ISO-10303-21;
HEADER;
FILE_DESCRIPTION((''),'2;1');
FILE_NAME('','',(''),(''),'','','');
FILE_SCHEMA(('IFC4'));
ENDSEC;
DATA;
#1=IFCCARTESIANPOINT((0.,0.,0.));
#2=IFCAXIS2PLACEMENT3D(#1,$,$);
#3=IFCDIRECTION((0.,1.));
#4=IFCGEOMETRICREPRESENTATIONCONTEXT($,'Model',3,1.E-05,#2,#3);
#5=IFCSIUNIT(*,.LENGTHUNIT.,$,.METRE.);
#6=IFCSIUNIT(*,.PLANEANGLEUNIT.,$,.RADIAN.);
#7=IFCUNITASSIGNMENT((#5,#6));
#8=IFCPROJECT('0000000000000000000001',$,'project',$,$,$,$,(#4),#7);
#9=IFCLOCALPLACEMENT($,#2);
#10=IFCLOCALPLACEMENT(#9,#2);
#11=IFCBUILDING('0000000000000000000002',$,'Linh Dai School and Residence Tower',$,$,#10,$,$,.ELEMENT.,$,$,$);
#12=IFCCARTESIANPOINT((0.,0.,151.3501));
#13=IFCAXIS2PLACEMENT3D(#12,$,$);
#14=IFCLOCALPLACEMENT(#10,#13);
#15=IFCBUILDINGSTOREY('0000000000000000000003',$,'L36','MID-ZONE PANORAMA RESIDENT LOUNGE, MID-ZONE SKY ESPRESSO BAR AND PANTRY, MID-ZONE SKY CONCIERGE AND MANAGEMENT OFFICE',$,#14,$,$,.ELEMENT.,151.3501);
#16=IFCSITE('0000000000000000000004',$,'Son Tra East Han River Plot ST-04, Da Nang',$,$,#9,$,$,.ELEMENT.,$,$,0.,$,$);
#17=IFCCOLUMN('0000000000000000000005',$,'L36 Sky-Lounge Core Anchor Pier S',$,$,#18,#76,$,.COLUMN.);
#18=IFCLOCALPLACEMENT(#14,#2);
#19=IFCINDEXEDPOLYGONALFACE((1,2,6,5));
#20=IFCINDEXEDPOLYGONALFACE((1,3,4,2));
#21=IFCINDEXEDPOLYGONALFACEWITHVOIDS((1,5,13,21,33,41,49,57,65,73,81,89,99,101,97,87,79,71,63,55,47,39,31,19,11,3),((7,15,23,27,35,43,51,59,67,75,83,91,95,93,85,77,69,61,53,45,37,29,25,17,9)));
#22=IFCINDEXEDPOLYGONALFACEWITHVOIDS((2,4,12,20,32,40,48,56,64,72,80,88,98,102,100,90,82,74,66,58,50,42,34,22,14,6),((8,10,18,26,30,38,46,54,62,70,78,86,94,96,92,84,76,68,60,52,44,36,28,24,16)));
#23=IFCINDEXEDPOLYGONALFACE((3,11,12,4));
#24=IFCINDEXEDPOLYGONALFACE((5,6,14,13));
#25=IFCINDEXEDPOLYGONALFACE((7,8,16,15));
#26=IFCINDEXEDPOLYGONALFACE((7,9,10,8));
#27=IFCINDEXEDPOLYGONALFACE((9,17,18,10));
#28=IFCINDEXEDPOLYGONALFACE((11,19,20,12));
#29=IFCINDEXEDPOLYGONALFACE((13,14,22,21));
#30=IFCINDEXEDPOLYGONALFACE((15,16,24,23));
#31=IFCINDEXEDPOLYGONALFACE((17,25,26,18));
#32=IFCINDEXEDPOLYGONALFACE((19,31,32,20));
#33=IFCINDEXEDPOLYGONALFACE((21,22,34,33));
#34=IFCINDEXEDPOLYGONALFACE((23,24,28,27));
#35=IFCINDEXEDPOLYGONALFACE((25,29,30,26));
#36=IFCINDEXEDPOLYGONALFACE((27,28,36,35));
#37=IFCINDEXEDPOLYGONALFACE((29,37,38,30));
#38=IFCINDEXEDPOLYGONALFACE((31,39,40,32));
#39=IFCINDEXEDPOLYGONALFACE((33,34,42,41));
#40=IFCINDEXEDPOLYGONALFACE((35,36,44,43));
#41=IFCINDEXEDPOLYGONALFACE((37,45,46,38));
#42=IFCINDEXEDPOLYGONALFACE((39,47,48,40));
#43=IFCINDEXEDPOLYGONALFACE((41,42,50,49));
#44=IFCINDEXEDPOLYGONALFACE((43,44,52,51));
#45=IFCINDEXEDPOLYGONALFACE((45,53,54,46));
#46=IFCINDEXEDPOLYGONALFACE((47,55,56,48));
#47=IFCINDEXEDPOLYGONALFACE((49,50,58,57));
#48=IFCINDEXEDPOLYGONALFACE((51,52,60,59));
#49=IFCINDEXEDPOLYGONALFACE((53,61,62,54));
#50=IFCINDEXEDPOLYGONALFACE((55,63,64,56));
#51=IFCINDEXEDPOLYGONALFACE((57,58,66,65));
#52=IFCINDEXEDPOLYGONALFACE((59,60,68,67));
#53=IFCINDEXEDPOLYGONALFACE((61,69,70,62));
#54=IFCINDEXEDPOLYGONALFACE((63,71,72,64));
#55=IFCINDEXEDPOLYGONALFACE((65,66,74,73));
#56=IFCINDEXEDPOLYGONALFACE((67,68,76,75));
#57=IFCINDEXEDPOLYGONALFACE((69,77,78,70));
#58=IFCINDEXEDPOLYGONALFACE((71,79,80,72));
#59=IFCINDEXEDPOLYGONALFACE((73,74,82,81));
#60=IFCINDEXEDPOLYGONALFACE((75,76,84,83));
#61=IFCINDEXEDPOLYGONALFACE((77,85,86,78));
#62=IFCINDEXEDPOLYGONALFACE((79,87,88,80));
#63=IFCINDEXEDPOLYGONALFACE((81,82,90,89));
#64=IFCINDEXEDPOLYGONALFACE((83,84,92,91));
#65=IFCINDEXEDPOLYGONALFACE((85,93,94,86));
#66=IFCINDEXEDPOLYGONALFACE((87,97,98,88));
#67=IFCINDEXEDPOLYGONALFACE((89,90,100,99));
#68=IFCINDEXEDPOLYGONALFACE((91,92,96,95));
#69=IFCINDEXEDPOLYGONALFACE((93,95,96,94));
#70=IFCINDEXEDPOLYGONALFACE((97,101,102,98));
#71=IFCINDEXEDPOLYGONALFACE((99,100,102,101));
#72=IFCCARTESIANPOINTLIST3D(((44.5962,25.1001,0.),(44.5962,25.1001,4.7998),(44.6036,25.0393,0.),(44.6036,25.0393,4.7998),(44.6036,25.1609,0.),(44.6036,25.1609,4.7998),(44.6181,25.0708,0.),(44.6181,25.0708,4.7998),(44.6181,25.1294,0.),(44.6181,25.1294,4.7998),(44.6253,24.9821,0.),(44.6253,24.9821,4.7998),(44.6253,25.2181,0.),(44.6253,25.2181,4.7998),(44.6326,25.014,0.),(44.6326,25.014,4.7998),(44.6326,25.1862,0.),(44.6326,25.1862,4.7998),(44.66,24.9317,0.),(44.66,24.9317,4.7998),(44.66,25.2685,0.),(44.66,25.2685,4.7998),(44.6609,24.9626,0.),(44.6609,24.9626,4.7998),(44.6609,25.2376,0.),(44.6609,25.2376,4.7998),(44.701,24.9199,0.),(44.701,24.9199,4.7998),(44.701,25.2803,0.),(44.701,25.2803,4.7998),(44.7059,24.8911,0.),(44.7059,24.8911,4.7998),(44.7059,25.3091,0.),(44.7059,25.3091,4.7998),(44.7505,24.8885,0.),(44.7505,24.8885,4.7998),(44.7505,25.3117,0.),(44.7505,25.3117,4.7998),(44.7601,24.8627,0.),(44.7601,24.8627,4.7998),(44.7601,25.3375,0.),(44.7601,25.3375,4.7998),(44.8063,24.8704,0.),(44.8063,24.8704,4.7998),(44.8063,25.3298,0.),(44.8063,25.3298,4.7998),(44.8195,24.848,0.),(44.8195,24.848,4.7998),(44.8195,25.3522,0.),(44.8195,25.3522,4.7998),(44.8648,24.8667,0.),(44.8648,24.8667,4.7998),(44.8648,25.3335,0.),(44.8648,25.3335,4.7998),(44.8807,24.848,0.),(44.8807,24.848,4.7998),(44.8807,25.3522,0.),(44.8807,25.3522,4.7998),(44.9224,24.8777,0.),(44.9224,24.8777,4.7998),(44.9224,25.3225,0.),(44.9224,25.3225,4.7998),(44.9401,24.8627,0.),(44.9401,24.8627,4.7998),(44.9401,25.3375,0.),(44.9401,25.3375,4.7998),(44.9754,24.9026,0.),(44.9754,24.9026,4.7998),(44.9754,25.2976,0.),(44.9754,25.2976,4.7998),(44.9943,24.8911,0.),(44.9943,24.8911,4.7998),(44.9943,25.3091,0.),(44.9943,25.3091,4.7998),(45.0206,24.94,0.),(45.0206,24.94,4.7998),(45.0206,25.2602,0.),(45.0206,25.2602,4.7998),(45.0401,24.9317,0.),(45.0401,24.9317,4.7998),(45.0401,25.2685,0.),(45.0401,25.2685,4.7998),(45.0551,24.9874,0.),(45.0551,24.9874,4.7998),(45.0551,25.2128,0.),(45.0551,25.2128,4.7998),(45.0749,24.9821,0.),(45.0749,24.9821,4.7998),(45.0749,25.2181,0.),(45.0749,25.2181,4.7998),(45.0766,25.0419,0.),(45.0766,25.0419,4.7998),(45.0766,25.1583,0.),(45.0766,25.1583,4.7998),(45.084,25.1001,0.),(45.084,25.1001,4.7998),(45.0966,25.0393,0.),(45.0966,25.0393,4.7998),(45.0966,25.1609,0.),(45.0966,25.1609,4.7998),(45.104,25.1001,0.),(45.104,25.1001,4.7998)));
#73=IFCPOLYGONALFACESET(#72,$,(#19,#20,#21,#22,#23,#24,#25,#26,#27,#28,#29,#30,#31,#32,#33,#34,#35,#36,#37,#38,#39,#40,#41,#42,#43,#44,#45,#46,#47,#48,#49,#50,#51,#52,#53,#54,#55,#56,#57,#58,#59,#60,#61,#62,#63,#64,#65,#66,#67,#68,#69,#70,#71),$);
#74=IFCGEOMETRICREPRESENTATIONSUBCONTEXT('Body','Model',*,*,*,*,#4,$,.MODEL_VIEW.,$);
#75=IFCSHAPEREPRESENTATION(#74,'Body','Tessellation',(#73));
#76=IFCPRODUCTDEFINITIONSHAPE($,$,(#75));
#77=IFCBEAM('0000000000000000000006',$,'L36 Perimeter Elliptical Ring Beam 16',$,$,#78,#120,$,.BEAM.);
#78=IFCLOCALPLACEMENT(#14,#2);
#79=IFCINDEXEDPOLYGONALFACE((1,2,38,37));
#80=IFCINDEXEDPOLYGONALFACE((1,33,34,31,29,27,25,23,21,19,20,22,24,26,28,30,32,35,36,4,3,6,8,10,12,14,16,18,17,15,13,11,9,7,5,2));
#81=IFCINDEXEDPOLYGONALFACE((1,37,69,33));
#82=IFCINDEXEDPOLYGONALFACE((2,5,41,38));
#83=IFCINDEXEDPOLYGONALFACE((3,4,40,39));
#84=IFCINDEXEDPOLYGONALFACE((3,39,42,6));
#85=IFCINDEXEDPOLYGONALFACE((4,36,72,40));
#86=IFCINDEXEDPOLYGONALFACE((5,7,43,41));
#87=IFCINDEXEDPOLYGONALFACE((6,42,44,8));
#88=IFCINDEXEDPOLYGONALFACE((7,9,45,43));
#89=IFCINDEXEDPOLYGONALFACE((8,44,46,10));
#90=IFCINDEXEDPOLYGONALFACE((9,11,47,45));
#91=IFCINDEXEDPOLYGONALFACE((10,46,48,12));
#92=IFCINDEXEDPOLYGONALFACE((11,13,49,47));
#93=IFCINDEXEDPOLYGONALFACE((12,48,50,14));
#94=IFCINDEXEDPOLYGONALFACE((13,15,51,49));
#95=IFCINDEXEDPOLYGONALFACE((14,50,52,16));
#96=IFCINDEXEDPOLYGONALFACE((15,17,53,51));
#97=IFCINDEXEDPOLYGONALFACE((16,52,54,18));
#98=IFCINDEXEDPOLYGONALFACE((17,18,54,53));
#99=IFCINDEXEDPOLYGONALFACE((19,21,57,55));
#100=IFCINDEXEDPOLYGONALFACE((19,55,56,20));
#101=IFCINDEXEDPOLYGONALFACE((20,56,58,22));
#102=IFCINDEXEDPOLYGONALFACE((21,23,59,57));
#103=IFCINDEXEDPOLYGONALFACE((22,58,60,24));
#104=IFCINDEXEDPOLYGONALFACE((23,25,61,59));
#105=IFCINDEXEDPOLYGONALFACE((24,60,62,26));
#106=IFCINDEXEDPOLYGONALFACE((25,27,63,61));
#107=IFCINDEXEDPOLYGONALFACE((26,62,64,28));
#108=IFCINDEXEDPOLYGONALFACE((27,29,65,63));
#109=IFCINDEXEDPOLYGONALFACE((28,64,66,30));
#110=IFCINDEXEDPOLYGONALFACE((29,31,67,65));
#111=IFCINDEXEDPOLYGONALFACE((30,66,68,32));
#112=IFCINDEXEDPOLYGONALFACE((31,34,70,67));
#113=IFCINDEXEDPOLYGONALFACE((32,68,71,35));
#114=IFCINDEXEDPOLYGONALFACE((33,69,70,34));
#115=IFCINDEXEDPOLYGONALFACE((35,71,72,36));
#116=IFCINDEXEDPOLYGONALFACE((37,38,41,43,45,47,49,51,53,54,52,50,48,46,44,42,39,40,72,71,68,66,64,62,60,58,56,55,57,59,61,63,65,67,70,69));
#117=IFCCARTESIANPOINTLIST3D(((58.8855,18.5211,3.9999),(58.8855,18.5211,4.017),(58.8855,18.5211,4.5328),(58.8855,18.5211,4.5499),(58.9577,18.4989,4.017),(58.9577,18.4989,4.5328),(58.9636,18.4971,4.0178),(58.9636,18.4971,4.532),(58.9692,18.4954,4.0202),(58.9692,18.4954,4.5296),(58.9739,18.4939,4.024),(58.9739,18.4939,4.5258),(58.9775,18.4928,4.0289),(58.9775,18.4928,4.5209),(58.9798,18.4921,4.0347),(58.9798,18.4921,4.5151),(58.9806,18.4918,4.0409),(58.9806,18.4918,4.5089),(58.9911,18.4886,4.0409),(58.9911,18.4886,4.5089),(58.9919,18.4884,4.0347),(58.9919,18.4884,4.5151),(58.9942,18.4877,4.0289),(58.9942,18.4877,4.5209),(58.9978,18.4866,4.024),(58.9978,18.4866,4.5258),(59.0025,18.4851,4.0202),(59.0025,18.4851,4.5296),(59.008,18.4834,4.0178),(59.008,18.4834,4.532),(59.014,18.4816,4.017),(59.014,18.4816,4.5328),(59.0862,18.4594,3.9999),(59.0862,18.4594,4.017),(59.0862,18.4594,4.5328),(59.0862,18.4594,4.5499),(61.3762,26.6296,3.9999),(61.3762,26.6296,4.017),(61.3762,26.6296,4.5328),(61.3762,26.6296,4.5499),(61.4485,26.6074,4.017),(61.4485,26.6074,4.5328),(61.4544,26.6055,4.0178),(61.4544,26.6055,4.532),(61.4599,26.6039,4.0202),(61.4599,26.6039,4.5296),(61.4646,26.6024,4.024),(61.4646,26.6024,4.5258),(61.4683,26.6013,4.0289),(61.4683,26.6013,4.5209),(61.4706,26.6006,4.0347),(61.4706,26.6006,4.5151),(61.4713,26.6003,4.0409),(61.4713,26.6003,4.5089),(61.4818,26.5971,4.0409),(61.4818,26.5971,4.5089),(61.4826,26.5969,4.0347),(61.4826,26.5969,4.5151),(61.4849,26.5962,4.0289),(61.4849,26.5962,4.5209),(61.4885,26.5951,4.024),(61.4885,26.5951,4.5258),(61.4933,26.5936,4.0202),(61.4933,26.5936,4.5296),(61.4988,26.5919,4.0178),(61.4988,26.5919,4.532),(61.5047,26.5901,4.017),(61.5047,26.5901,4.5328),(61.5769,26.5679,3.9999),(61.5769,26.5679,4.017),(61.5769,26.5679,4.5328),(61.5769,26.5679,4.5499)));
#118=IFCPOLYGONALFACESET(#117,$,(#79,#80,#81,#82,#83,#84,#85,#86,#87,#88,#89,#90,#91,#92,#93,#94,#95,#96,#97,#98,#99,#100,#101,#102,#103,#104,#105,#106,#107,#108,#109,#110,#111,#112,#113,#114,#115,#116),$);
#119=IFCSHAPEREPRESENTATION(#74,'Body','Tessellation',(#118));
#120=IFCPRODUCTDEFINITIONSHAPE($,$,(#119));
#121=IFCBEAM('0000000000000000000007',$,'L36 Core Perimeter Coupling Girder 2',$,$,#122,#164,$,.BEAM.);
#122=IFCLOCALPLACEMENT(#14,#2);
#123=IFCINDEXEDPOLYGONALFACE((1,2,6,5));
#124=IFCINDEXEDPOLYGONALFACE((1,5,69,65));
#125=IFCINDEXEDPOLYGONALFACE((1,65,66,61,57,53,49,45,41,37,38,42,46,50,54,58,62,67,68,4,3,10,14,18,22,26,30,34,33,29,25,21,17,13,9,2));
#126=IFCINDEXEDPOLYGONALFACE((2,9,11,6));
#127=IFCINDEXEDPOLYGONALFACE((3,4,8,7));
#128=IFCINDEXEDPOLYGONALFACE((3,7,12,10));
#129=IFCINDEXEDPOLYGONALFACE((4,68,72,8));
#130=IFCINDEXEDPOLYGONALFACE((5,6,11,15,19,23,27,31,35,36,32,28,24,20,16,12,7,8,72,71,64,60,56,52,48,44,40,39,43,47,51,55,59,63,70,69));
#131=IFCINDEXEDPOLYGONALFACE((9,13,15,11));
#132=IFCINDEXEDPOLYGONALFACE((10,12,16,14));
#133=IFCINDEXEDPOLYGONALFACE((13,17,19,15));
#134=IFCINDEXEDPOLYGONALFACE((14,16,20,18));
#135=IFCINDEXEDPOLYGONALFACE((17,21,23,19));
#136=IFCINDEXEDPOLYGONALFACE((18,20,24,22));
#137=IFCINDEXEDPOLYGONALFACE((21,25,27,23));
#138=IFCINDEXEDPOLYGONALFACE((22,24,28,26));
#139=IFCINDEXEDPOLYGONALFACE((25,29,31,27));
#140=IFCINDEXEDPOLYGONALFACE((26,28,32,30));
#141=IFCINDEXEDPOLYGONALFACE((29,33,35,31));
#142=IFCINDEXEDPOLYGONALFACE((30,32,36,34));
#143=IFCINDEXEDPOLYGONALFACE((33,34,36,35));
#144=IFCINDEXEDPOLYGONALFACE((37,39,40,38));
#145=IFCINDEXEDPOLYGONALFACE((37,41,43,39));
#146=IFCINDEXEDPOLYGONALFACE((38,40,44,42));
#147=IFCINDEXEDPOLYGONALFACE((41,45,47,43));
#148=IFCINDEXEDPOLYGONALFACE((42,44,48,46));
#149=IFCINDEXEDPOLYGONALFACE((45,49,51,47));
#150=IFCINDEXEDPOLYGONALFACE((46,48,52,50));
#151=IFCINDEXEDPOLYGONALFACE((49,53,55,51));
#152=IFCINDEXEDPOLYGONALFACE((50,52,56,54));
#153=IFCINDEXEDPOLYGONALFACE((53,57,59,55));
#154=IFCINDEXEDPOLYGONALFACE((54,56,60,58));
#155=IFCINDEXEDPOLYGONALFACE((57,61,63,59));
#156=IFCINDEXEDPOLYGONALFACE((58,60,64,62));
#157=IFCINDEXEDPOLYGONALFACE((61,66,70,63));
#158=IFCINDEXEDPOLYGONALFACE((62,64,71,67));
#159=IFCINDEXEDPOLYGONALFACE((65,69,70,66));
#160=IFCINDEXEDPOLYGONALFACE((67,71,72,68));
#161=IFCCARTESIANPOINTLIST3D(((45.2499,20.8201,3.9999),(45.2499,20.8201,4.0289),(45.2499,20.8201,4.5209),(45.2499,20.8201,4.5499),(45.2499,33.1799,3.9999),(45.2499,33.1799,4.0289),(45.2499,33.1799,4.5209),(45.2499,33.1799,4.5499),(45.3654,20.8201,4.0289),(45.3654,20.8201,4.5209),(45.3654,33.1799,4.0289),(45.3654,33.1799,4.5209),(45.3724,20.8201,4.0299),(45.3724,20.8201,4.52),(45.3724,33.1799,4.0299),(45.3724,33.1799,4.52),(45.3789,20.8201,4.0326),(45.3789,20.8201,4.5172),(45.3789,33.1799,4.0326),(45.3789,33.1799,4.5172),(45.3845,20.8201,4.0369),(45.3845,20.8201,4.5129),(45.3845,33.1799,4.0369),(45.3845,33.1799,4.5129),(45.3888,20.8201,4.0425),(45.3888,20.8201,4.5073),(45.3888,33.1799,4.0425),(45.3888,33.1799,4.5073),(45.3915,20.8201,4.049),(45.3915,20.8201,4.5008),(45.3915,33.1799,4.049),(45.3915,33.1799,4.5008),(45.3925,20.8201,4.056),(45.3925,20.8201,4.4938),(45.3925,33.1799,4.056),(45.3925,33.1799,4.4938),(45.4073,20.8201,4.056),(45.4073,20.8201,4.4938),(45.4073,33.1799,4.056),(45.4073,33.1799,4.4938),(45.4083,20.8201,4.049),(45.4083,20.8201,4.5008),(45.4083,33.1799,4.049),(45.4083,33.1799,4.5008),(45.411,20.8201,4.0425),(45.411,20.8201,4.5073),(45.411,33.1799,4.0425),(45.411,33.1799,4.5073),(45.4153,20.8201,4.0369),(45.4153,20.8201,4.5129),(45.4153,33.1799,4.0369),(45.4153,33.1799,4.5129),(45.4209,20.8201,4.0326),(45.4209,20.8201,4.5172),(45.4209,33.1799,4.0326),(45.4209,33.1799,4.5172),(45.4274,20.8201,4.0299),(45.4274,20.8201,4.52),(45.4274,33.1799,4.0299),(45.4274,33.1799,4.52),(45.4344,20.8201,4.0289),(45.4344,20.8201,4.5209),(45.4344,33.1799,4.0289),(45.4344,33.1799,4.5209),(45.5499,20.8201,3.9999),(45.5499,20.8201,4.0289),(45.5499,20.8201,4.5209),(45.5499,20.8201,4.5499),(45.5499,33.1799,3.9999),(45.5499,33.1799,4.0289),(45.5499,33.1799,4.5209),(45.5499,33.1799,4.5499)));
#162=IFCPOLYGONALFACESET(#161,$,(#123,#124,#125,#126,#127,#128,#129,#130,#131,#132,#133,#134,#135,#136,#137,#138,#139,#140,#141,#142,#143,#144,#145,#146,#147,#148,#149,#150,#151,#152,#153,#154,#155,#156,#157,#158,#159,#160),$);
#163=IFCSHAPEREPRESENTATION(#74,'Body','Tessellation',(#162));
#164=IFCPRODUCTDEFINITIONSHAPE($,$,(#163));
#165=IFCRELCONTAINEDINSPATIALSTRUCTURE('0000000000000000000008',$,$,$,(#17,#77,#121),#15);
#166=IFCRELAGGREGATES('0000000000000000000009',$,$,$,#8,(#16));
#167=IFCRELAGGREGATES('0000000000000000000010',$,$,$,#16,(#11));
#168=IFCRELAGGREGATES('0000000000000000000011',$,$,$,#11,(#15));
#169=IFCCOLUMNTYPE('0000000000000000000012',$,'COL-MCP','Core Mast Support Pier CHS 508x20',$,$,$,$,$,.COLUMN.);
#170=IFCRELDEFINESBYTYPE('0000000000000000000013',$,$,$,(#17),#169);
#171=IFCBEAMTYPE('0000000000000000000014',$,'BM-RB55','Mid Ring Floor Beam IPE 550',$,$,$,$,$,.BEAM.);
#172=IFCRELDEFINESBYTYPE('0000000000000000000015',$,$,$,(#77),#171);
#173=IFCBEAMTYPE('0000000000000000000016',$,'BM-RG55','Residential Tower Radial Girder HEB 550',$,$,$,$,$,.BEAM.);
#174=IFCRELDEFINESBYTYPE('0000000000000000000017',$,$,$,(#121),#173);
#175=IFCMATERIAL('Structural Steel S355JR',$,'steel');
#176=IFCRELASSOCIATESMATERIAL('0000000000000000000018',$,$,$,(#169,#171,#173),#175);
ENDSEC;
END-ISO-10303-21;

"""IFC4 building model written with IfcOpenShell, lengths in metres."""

from ifc_helpers import new_model, si_unit, direction, frame, origin, origin_2d, place, context, subcontext, project, spatial, hollow_circle, i_section, extrude, material, material_profile, profile_set, type_object, element, save


model = new_model("IFC4")

# Units and contexts
model_context = context("Model", 3, precision=1e-05, world=origin(), true_north=direction((0.0, 1.0)))
body_context = subcontext(model_context, "Body", "Model", "MODEL_VIEW")
ifc_project = project(units=[si_unit("LENGTHUNIT", "METRE"), si_unit("PLANEANGLEUNIT", "RADIAN")], contexts=[model_context])

# Site, building, storey
site_placement = place(None, origin())
site = spatial("IfcSite", under=ifc_project, at=site_placement, Name="Son Tra East Han River Plot ST-04, Da Nang", CompositionType="ELEMENT", RefElevation=0.0)
building_placement = place(site_placement, origin())
building = spatial("IfcBuilding", under=site, at=building_placement, Name="Linh Dai School and Residence Tower", CompositionType="ELEMENT")
storey_placement = place(building_placement, frame((0.0, 0.0, 151.3501)))
storey = spatial("IfcBuildingStorey", under=building, at=storey_placement, Name="L36", Description="MID-ZONE PANORAMA RESIDENT LOUNGE, MID-ZONE SKY ESPRESSO BAR AND PANTRY, MID-ZONE SKY CONCIERGE AND MANAGEMENT OFFICE", CompositionType="ELEMENT", Elevation=151.3501)

# Column
ifc_material_1 = material(Name="Structural Steel S355JR", Category="steel")
ifc_material_profile_1 = material_profile(ifc_material_1, hollow_circle(Radius=0.2539, WallThickness=0.02, at=origin_2d()), Name="CHS 508x20")
ifc_profile_set_1 = profile_set([ifc_material_profile_1], Name="Structural Steel S355JR")
column_type_1 = type_object("IfcColumnType", Name="COL-MCP", Description="Core Mast Support Pier CHS 508x20", PredefinedType="COLUMN", material=ifc_profile_set_1)
column_1_placement = place(storey_placement, frame((44.8501, 25.1001, 0.0), z_axis=(0.0, 0.0, 1.0), x_axis=(1.0, 0.0, 0.0)))
element("IfcColumn", 1, at=column_1_placement, inside=storey, type_object=column_type_1, Name="L36 Sky-Lounge Core Anchor Pier S", PredefinedType="COLUMN", context=body_context, shape_type="SweptSolid", body=[
    extrude(hollow_circle(Radius=0.2539, WallThickness=0.02, at=origin_2d()), origin(), (0.0, 0.0, 1.0), 4.7998),
])

# Beams
ifc_material_profile_2 = material_profile(ifc_material_1, i_section(OverallWidth=0.21, OverallDepth=0.55, WebThickness=0.011, FlangeThickness=0.0171, FilletRadius=0.0239, at=origin_2d()), Name="IPE 550")
ifc_profile_set_2 = profile_set([ifc_material_profile_2], Name="Structural Steel S355JR")
beam_type_1 = type_object("IfcBeamType", Name="BM-RB55", Description="Mid Ring Floor Beam IPE 550", PredefinedType="BEAM", material=ifc_profile_set_2)
beam_1_placement = place(storey_placement, frame((58.9858, 18.4902, 4.2749), z_axis=(0.293637, 0.955917, 0.0), x_axis=(-0.955917, 0.293637, 0.0)))
element("IfcBeam", 2, at=beam_1_placement, inside=storey, type_object=beam_type_1, Name="L36 Perimeter Elliptical Ring Beam 16", PredefinedType="BEAM", context=body_context, shape_type="SweptSolid", body=[
    extrude(i_section(OverallWidth=0.21, OverallDepth=0.55, WebThickness=0.011, FlangeThickness=0.0171, FilletRadius=0.0239, at=origin_2d()), origin(), (0.0, 0.0, 1.0), 8.4824),
])
ifc_material_profile_3 = material_profile(ifc_material_1, i_section(OverallWidth=0.3, OverallDepth=0.55, WebThickness=0.0149, FlangeThickness=0.0291, FilletRadius=0.0271, at=origin_2d()), Name="HEB 550")
ifc_profile_set_3 = profile_set([ifc_material_profile_3], Name="Structural Steel S355JR")
beam_type_2 = type_object("IfcBeamType", Name="BM-RG55", Description="Residential Tower Radial Girder HEB 550", PredefinedType="BEAM", material=ifc_profile_set_3)
beam_2_placement = place(storey_placement, frame((45.3999, 20.8201, 4.2749), z_axis=(0.0, 1.0, 0.0), x_axis=(-1.0, 0.0, 0.0)))
element("IfcBeam", 3, at=beam_2_placement, inside=storey, type_object=beam_type_2, Name="L36 Core Perimeter Coupling Girder 2", PredefinedType="BEAM", context=body_context, shape_type="SweptSolid", body=[
    extrude(i_section(OverallWidth=0.3, OverallDepth=0.55, WebThickness=0.0149, FlangeThickness=0.0291, FilletRadius=0.0271, at=origin_2d()), origin(), (0.0, 0.0, 1.0), 12.3599),
])

save(model, "model.ifc")
